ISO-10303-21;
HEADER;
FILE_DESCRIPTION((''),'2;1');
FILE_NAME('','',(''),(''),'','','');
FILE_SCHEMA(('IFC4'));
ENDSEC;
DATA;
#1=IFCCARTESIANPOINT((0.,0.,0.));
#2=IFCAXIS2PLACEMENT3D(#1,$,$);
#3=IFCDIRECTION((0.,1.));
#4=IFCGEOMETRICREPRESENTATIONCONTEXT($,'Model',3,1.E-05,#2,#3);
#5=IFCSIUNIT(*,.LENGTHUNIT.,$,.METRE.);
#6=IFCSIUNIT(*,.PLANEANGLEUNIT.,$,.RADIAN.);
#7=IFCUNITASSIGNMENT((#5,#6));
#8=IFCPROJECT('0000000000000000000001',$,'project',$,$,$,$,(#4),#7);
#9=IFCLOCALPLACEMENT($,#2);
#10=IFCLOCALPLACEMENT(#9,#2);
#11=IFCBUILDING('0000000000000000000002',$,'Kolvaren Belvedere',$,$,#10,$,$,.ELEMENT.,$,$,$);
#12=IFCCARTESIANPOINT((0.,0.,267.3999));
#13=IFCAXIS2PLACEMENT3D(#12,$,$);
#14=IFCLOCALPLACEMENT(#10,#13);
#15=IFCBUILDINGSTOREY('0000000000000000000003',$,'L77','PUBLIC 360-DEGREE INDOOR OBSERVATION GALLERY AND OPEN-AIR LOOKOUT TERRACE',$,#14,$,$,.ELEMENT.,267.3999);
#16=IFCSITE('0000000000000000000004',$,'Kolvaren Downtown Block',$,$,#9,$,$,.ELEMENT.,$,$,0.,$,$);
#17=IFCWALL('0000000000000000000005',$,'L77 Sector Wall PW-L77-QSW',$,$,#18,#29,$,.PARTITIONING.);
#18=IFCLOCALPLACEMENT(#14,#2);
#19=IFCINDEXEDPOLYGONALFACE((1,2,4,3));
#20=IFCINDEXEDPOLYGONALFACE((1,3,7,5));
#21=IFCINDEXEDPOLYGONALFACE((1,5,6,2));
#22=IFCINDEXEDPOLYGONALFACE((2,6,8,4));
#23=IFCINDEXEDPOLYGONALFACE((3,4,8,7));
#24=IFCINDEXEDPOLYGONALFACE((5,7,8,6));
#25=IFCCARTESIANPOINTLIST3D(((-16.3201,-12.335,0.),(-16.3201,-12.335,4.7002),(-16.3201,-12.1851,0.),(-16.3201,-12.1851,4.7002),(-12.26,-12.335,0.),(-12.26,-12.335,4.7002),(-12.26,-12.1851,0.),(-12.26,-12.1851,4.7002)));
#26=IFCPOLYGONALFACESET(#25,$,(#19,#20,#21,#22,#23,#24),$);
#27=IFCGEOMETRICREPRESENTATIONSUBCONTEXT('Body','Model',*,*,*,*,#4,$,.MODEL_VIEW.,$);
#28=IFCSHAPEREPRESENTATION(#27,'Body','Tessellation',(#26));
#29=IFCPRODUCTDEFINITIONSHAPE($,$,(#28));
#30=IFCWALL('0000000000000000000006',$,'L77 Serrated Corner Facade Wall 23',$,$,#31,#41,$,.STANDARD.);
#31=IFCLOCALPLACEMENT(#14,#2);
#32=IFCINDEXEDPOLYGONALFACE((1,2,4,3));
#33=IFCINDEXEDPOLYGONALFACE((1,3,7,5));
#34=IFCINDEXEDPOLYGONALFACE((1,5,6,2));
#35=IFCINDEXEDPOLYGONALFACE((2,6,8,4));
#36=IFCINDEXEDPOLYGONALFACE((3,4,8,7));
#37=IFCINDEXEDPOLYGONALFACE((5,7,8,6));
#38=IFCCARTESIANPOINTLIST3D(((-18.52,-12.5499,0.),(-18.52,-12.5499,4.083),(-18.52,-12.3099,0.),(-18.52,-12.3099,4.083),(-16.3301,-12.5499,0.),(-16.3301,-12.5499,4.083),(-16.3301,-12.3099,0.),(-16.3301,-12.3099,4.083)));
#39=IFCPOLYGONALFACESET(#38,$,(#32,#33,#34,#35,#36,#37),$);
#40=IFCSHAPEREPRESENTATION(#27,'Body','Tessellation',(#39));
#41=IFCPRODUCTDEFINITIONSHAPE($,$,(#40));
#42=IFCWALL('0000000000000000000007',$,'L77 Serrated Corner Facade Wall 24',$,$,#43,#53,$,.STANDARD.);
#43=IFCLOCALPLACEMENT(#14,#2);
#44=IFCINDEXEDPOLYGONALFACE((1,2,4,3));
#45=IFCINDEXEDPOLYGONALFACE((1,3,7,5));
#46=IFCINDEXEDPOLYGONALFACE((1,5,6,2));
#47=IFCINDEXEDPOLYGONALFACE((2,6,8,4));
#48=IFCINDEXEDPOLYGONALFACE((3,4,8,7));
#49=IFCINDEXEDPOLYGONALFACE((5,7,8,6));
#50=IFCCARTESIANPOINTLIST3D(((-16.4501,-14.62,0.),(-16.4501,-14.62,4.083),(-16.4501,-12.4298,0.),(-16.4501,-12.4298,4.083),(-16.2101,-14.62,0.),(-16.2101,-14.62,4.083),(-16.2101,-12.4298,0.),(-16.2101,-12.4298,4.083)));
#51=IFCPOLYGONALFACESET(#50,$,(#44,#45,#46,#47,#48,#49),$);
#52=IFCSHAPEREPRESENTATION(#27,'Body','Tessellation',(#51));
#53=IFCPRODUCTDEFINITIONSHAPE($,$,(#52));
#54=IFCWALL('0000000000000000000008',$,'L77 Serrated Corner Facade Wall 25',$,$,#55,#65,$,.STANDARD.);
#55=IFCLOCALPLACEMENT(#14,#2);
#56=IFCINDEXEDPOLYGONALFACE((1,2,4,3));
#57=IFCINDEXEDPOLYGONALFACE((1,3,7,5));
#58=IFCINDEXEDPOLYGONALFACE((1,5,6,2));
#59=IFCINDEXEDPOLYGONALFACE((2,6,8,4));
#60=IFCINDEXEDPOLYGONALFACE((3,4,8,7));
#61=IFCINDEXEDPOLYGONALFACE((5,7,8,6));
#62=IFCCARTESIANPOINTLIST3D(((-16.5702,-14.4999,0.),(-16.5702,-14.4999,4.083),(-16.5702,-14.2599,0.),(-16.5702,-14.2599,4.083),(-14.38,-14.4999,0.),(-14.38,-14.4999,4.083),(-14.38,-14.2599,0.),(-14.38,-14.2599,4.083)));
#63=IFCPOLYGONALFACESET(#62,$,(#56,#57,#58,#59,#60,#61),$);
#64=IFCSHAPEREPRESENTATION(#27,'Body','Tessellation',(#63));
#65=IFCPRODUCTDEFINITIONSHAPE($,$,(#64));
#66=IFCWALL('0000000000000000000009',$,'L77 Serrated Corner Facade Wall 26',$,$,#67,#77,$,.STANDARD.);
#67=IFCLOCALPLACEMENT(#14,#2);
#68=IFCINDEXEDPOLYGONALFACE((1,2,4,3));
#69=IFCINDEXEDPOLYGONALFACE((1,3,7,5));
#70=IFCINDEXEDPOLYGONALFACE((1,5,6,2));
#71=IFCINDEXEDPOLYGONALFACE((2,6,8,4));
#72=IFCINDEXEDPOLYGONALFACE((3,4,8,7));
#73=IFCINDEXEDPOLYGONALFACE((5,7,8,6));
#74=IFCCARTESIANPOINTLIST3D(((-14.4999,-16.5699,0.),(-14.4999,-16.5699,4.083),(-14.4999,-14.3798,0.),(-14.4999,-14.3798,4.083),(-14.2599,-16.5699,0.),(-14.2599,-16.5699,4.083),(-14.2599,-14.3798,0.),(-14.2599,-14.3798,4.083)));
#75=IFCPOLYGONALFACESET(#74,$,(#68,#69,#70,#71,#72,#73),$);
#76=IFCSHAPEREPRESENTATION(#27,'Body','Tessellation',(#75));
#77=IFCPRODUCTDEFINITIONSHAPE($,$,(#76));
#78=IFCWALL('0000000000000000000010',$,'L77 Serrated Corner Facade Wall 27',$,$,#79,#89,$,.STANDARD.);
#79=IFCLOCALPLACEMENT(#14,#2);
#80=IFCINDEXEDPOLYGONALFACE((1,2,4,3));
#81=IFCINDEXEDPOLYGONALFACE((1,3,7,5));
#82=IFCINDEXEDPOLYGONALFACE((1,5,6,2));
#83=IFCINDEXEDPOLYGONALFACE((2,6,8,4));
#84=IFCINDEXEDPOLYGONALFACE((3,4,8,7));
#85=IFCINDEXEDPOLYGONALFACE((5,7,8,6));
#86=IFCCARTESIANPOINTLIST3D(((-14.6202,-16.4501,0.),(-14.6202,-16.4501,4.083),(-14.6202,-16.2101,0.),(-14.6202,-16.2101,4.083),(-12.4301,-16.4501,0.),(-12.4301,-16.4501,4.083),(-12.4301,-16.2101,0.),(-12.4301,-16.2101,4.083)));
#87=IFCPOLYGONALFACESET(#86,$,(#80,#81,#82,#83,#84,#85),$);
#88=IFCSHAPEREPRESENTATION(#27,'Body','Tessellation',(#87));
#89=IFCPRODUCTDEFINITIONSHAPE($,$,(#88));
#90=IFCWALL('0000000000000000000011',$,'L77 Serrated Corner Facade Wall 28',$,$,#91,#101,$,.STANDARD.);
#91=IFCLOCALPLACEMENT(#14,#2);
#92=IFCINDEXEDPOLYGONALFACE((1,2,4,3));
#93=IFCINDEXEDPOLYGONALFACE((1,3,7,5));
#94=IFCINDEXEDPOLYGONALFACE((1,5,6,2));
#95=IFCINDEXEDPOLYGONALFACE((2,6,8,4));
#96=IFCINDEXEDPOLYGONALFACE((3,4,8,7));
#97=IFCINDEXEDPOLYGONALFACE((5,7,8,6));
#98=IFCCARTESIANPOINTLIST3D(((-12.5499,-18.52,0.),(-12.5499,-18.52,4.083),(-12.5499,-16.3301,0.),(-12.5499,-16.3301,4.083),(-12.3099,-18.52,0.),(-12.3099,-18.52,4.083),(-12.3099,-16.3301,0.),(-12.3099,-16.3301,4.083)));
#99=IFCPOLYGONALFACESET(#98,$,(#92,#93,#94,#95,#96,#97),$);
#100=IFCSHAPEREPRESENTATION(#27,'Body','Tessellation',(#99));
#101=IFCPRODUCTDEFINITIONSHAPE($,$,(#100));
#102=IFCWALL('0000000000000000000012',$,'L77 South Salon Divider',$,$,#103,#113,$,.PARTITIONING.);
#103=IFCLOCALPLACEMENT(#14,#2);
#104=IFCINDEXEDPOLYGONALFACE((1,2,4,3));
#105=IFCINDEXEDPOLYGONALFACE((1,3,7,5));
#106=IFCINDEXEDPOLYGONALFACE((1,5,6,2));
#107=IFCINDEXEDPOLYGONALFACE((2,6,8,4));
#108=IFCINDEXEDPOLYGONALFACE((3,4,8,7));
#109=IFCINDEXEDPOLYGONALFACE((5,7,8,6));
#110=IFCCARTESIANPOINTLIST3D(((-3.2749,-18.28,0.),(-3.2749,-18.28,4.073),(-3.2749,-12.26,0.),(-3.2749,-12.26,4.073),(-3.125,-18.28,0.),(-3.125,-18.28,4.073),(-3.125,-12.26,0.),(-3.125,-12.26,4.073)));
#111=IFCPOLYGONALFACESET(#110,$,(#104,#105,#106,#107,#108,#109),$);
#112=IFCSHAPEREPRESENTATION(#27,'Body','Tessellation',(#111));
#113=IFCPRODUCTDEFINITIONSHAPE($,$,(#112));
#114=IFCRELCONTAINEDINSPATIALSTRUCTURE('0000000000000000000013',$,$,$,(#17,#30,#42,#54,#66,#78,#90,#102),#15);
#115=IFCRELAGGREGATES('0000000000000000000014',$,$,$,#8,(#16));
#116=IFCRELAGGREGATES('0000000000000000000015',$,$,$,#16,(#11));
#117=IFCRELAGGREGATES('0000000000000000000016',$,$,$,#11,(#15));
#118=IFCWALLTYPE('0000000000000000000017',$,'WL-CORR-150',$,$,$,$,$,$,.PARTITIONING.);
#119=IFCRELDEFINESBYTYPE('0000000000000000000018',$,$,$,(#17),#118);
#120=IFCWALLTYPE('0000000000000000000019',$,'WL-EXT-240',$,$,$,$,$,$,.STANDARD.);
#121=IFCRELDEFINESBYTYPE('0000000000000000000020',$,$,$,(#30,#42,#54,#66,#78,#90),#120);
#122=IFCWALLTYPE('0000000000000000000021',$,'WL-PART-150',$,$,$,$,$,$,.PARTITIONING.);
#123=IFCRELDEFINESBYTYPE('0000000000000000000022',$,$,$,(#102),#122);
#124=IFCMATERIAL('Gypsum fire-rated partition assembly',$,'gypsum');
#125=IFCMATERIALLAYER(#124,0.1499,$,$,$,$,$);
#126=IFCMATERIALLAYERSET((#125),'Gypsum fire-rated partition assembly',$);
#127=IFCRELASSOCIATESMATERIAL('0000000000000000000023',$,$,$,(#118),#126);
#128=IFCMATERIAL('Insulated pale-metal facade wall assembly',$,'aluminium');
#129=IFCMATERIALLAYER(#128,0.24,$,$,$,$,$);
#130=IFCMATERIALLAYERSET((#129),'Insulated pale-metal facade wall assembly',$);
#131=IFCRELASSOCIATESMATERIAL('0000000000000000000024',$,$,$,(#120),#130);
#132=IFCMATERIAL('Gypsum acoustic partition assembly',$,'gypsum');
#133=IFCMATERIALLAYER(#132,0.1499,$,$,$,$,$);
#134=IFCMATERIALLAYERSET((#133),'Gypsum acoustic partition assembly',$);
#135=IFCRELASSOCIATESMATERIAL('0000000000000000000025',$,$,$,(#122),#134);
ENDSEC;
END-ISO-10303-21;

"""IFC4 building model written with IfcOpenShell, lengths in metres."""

from ifc_helpers import new_model, si_unit, direction, frame, frame_2d, origin, place, context, subcontext, project, spatial, rectangle, extrude, material, layer, layer_set, type_object, element, save


model = new_model("IFC4")

# Units and contexts
model_context = context("Model", 3, precision=1e-05, world=origin(), true_north=direction((0.0, 1.0)))
body_context = subcontext(model_context, "Body", "Model", "MODEL_VIEW")
ifc_project = project(units=[si_unit("LENGTHUNIT", "METRE"), si_unit("PLANEANGLEUNIT", "RADIAN")], contexts=[model_context])

# Site, building, storey
site_placement = place(None, origin())
site = spatial("IfcSite", under=ifc_project, at=site_placement, Name="Kolvaren Downtown Block", CompositionType="ELEMENT", RefElevation=0.0)
building_placement = place(site_placement, origin())
building = spatial("IfcBuilding", under=site, at=building_placement, Name="Kolvaren Belvedere", CompositionType="ELEMENT")
storey_placement = place(building_placement, frame((0.0, 0.0, 267.3999)))
storey = spatial("IfcBuildingStorey", under=building, at=storey_placement, Name="L77", Description="PUBLIC 360-DEGREE INDOOR OBSERVATION GALLERY AND OPEN-AIR LOOKOUT TERRACE", CompositionType="ELEMENT", Elevation=267.3999)

# Shared definitions
ifc_material_1 = material(Name="Gypsum fire-rated partition assembly", Category="gypsum")
ifc_layer_1 = layer(ifc_material_1, 0.1499)
ifc_layer_set_1 = layer_set([ifc_layer_1], Name="Gypsum fire-rated partition assembly")
wall_type_1 = type_object("IfcWallType", Name="WL-CORR-150", PredefinedType="PARTITIONING", material=ifc_layer_set_1)

# Walls
wall_1_placement = place(storey_placement, frame((-16.3201, -12.26, 0.0), z_axis=(0.0, 0.0, 1.0), x_axis=(1.0, 0.0, 0.0)))
element("IfcWall", 1, at=wall_1_placement, inside=storey, type_object=wall_type_1, Name="L77 Sector Wall PW-L77-QSW", PredefinedType="PARTITIONING", context=body_context, shape_type="SweptSolid", body=[
    extrude(rectangle(XDim=4.0601, YDim=0.1499, at=frame_2d((2.03, 0.0))), origin(), (0.0, 0.0, 1.0), 4.7002),
])
ifc_material_2 = material(Name="Insulated pale-metal facade wall assembly", Category="aluminium")
ifc_layer_2 = layer(ifc_material_2, 0.24)
ifc_layer_set_2 = layer_set([ifc_layer_2], Name="Insulated pale-metal facade wall assembly")
wall_type_2 = type_object("IfcWallType", Name="WL-EXT-240", PredefinedType="STANDARD", material=ifc_layer_set_2)
wall_2_placement = place(storey_placement, frame((-16.3301, -12.4299, 0.0), z_axis=(0.0, 0.0, 1.0), x_axis=(-1.0, 0.0, 0.0)))
element("IfcWall", 2, at=wall_2_placement, inside=storey, type_object=wall_type_2, Name="L77 Serrated Corner Facade Wall 23", PredefinedType="STANDARD", context=body_context, shape_type="SweptSolid", body=[
    extrude(rectangle(XDim=2.1899, YDim=0.24, at=frame_2d((1.095, 0.0))), origin(), (0.0, 0.0, 1.0), 4.083),
])
for number, where, z_axis, x_axis, name in (
    (3, (-16.3301, -14.6201, 0.0), (0.0, 0.0, 1.0), (0.0, 1.0, 0.0), "L77 Serrated Corner Facade Wall 24"),
    (4, (-14.3799, -14.3799, 0.0), (0.0, 0.0, 1.0), (-1.0, 0.0, 0.0), "L77 Serrated Corner Facade Wall 25"),
    (5, (-14.3799, -16.5701, 0.0), (0.0, 0.0, 1.0), (0.0, 1.0, 0.0), "L77 Serrated Corner Facade Wall 26"),
    (6, (-12.4299, -16.3301, 0.0), (0.0, 0.0, 1.0), (-1.0, 0.0, 0.0), "L77 Serrated Corner Facade Wall 27"),
):
    element("IfcWall", number, at=place(storey_placement, frame(where, z_axis=z_axis, x_axis=x_axis)), inside=storey, type_object=wall_type_2, Name=name, PredefinedType="STANDARD", context=body_context, shape_type="SweptSolid", body=[
        extrude(rectangle(XDim=2.1902, YDim=0.24, at=frame_2d((1.0952, 0.0))), origin(), (0.0, 0.0, 1.0), 4.083),
    ])
wall_3_placement = place(storey_placement, frame((-12.4299, -18.52, 0.0), z_axis=(0.0, 0.0, 1.0), x_axis=(0.0, 1.0, 0.0)))
element("IfcWall", 7, at=wall_3_placement, inside=storey, type_object=wall_type_2, Name="L77 Serrated Corner Facade Wall 28", PredefinedType="STANDARD", context=body_context, shape_type="SweptSolid", body=[
    extrude(rectangle(XDim=2.1899, YDim=0.24, at=frame_2d((1.095, 0.0))), origin(), (0.0, 0.0, 1.0), 4.083),
])
ifc_material_3 = material(Name="Gypsum acoustic partition assembly", Category="gypsum")
ifc_layer_3 = layer(ifc_material_3, 0.1499)
ifc_layer_set_3 = layer_set([ifc_layer_3], Name="Gypsum acoustic partition assembly")
wall_type_3 = type_object("IfcWallType", Name="WL-PART-150", PredefinedType="PARTITIONING", material=ifc_layer_set_3)
wall_4_placement = place(storey_placement, frame((-3.2, -18.28, 0.0), z_axis=(0.0, 0.0, 1.0), x_axis=(0.0, 1.0, 0.0)))
element("IfcWall", 8, at=wall_4_placement, inside=storey, type_object=wall_type_3, Name="L77 South Salon Divider", PredefinedType="PARTITIONING", context=body_context, shape_type="SweptSolid", body=[
    extrude(rectangle(XDim=6.02, YDim=0.1499, at=frame_2d((3.01, 0.0))), origin(), (0.0, 0.0, 1.0), 4.073),
])

save(model, "model.ifc")
